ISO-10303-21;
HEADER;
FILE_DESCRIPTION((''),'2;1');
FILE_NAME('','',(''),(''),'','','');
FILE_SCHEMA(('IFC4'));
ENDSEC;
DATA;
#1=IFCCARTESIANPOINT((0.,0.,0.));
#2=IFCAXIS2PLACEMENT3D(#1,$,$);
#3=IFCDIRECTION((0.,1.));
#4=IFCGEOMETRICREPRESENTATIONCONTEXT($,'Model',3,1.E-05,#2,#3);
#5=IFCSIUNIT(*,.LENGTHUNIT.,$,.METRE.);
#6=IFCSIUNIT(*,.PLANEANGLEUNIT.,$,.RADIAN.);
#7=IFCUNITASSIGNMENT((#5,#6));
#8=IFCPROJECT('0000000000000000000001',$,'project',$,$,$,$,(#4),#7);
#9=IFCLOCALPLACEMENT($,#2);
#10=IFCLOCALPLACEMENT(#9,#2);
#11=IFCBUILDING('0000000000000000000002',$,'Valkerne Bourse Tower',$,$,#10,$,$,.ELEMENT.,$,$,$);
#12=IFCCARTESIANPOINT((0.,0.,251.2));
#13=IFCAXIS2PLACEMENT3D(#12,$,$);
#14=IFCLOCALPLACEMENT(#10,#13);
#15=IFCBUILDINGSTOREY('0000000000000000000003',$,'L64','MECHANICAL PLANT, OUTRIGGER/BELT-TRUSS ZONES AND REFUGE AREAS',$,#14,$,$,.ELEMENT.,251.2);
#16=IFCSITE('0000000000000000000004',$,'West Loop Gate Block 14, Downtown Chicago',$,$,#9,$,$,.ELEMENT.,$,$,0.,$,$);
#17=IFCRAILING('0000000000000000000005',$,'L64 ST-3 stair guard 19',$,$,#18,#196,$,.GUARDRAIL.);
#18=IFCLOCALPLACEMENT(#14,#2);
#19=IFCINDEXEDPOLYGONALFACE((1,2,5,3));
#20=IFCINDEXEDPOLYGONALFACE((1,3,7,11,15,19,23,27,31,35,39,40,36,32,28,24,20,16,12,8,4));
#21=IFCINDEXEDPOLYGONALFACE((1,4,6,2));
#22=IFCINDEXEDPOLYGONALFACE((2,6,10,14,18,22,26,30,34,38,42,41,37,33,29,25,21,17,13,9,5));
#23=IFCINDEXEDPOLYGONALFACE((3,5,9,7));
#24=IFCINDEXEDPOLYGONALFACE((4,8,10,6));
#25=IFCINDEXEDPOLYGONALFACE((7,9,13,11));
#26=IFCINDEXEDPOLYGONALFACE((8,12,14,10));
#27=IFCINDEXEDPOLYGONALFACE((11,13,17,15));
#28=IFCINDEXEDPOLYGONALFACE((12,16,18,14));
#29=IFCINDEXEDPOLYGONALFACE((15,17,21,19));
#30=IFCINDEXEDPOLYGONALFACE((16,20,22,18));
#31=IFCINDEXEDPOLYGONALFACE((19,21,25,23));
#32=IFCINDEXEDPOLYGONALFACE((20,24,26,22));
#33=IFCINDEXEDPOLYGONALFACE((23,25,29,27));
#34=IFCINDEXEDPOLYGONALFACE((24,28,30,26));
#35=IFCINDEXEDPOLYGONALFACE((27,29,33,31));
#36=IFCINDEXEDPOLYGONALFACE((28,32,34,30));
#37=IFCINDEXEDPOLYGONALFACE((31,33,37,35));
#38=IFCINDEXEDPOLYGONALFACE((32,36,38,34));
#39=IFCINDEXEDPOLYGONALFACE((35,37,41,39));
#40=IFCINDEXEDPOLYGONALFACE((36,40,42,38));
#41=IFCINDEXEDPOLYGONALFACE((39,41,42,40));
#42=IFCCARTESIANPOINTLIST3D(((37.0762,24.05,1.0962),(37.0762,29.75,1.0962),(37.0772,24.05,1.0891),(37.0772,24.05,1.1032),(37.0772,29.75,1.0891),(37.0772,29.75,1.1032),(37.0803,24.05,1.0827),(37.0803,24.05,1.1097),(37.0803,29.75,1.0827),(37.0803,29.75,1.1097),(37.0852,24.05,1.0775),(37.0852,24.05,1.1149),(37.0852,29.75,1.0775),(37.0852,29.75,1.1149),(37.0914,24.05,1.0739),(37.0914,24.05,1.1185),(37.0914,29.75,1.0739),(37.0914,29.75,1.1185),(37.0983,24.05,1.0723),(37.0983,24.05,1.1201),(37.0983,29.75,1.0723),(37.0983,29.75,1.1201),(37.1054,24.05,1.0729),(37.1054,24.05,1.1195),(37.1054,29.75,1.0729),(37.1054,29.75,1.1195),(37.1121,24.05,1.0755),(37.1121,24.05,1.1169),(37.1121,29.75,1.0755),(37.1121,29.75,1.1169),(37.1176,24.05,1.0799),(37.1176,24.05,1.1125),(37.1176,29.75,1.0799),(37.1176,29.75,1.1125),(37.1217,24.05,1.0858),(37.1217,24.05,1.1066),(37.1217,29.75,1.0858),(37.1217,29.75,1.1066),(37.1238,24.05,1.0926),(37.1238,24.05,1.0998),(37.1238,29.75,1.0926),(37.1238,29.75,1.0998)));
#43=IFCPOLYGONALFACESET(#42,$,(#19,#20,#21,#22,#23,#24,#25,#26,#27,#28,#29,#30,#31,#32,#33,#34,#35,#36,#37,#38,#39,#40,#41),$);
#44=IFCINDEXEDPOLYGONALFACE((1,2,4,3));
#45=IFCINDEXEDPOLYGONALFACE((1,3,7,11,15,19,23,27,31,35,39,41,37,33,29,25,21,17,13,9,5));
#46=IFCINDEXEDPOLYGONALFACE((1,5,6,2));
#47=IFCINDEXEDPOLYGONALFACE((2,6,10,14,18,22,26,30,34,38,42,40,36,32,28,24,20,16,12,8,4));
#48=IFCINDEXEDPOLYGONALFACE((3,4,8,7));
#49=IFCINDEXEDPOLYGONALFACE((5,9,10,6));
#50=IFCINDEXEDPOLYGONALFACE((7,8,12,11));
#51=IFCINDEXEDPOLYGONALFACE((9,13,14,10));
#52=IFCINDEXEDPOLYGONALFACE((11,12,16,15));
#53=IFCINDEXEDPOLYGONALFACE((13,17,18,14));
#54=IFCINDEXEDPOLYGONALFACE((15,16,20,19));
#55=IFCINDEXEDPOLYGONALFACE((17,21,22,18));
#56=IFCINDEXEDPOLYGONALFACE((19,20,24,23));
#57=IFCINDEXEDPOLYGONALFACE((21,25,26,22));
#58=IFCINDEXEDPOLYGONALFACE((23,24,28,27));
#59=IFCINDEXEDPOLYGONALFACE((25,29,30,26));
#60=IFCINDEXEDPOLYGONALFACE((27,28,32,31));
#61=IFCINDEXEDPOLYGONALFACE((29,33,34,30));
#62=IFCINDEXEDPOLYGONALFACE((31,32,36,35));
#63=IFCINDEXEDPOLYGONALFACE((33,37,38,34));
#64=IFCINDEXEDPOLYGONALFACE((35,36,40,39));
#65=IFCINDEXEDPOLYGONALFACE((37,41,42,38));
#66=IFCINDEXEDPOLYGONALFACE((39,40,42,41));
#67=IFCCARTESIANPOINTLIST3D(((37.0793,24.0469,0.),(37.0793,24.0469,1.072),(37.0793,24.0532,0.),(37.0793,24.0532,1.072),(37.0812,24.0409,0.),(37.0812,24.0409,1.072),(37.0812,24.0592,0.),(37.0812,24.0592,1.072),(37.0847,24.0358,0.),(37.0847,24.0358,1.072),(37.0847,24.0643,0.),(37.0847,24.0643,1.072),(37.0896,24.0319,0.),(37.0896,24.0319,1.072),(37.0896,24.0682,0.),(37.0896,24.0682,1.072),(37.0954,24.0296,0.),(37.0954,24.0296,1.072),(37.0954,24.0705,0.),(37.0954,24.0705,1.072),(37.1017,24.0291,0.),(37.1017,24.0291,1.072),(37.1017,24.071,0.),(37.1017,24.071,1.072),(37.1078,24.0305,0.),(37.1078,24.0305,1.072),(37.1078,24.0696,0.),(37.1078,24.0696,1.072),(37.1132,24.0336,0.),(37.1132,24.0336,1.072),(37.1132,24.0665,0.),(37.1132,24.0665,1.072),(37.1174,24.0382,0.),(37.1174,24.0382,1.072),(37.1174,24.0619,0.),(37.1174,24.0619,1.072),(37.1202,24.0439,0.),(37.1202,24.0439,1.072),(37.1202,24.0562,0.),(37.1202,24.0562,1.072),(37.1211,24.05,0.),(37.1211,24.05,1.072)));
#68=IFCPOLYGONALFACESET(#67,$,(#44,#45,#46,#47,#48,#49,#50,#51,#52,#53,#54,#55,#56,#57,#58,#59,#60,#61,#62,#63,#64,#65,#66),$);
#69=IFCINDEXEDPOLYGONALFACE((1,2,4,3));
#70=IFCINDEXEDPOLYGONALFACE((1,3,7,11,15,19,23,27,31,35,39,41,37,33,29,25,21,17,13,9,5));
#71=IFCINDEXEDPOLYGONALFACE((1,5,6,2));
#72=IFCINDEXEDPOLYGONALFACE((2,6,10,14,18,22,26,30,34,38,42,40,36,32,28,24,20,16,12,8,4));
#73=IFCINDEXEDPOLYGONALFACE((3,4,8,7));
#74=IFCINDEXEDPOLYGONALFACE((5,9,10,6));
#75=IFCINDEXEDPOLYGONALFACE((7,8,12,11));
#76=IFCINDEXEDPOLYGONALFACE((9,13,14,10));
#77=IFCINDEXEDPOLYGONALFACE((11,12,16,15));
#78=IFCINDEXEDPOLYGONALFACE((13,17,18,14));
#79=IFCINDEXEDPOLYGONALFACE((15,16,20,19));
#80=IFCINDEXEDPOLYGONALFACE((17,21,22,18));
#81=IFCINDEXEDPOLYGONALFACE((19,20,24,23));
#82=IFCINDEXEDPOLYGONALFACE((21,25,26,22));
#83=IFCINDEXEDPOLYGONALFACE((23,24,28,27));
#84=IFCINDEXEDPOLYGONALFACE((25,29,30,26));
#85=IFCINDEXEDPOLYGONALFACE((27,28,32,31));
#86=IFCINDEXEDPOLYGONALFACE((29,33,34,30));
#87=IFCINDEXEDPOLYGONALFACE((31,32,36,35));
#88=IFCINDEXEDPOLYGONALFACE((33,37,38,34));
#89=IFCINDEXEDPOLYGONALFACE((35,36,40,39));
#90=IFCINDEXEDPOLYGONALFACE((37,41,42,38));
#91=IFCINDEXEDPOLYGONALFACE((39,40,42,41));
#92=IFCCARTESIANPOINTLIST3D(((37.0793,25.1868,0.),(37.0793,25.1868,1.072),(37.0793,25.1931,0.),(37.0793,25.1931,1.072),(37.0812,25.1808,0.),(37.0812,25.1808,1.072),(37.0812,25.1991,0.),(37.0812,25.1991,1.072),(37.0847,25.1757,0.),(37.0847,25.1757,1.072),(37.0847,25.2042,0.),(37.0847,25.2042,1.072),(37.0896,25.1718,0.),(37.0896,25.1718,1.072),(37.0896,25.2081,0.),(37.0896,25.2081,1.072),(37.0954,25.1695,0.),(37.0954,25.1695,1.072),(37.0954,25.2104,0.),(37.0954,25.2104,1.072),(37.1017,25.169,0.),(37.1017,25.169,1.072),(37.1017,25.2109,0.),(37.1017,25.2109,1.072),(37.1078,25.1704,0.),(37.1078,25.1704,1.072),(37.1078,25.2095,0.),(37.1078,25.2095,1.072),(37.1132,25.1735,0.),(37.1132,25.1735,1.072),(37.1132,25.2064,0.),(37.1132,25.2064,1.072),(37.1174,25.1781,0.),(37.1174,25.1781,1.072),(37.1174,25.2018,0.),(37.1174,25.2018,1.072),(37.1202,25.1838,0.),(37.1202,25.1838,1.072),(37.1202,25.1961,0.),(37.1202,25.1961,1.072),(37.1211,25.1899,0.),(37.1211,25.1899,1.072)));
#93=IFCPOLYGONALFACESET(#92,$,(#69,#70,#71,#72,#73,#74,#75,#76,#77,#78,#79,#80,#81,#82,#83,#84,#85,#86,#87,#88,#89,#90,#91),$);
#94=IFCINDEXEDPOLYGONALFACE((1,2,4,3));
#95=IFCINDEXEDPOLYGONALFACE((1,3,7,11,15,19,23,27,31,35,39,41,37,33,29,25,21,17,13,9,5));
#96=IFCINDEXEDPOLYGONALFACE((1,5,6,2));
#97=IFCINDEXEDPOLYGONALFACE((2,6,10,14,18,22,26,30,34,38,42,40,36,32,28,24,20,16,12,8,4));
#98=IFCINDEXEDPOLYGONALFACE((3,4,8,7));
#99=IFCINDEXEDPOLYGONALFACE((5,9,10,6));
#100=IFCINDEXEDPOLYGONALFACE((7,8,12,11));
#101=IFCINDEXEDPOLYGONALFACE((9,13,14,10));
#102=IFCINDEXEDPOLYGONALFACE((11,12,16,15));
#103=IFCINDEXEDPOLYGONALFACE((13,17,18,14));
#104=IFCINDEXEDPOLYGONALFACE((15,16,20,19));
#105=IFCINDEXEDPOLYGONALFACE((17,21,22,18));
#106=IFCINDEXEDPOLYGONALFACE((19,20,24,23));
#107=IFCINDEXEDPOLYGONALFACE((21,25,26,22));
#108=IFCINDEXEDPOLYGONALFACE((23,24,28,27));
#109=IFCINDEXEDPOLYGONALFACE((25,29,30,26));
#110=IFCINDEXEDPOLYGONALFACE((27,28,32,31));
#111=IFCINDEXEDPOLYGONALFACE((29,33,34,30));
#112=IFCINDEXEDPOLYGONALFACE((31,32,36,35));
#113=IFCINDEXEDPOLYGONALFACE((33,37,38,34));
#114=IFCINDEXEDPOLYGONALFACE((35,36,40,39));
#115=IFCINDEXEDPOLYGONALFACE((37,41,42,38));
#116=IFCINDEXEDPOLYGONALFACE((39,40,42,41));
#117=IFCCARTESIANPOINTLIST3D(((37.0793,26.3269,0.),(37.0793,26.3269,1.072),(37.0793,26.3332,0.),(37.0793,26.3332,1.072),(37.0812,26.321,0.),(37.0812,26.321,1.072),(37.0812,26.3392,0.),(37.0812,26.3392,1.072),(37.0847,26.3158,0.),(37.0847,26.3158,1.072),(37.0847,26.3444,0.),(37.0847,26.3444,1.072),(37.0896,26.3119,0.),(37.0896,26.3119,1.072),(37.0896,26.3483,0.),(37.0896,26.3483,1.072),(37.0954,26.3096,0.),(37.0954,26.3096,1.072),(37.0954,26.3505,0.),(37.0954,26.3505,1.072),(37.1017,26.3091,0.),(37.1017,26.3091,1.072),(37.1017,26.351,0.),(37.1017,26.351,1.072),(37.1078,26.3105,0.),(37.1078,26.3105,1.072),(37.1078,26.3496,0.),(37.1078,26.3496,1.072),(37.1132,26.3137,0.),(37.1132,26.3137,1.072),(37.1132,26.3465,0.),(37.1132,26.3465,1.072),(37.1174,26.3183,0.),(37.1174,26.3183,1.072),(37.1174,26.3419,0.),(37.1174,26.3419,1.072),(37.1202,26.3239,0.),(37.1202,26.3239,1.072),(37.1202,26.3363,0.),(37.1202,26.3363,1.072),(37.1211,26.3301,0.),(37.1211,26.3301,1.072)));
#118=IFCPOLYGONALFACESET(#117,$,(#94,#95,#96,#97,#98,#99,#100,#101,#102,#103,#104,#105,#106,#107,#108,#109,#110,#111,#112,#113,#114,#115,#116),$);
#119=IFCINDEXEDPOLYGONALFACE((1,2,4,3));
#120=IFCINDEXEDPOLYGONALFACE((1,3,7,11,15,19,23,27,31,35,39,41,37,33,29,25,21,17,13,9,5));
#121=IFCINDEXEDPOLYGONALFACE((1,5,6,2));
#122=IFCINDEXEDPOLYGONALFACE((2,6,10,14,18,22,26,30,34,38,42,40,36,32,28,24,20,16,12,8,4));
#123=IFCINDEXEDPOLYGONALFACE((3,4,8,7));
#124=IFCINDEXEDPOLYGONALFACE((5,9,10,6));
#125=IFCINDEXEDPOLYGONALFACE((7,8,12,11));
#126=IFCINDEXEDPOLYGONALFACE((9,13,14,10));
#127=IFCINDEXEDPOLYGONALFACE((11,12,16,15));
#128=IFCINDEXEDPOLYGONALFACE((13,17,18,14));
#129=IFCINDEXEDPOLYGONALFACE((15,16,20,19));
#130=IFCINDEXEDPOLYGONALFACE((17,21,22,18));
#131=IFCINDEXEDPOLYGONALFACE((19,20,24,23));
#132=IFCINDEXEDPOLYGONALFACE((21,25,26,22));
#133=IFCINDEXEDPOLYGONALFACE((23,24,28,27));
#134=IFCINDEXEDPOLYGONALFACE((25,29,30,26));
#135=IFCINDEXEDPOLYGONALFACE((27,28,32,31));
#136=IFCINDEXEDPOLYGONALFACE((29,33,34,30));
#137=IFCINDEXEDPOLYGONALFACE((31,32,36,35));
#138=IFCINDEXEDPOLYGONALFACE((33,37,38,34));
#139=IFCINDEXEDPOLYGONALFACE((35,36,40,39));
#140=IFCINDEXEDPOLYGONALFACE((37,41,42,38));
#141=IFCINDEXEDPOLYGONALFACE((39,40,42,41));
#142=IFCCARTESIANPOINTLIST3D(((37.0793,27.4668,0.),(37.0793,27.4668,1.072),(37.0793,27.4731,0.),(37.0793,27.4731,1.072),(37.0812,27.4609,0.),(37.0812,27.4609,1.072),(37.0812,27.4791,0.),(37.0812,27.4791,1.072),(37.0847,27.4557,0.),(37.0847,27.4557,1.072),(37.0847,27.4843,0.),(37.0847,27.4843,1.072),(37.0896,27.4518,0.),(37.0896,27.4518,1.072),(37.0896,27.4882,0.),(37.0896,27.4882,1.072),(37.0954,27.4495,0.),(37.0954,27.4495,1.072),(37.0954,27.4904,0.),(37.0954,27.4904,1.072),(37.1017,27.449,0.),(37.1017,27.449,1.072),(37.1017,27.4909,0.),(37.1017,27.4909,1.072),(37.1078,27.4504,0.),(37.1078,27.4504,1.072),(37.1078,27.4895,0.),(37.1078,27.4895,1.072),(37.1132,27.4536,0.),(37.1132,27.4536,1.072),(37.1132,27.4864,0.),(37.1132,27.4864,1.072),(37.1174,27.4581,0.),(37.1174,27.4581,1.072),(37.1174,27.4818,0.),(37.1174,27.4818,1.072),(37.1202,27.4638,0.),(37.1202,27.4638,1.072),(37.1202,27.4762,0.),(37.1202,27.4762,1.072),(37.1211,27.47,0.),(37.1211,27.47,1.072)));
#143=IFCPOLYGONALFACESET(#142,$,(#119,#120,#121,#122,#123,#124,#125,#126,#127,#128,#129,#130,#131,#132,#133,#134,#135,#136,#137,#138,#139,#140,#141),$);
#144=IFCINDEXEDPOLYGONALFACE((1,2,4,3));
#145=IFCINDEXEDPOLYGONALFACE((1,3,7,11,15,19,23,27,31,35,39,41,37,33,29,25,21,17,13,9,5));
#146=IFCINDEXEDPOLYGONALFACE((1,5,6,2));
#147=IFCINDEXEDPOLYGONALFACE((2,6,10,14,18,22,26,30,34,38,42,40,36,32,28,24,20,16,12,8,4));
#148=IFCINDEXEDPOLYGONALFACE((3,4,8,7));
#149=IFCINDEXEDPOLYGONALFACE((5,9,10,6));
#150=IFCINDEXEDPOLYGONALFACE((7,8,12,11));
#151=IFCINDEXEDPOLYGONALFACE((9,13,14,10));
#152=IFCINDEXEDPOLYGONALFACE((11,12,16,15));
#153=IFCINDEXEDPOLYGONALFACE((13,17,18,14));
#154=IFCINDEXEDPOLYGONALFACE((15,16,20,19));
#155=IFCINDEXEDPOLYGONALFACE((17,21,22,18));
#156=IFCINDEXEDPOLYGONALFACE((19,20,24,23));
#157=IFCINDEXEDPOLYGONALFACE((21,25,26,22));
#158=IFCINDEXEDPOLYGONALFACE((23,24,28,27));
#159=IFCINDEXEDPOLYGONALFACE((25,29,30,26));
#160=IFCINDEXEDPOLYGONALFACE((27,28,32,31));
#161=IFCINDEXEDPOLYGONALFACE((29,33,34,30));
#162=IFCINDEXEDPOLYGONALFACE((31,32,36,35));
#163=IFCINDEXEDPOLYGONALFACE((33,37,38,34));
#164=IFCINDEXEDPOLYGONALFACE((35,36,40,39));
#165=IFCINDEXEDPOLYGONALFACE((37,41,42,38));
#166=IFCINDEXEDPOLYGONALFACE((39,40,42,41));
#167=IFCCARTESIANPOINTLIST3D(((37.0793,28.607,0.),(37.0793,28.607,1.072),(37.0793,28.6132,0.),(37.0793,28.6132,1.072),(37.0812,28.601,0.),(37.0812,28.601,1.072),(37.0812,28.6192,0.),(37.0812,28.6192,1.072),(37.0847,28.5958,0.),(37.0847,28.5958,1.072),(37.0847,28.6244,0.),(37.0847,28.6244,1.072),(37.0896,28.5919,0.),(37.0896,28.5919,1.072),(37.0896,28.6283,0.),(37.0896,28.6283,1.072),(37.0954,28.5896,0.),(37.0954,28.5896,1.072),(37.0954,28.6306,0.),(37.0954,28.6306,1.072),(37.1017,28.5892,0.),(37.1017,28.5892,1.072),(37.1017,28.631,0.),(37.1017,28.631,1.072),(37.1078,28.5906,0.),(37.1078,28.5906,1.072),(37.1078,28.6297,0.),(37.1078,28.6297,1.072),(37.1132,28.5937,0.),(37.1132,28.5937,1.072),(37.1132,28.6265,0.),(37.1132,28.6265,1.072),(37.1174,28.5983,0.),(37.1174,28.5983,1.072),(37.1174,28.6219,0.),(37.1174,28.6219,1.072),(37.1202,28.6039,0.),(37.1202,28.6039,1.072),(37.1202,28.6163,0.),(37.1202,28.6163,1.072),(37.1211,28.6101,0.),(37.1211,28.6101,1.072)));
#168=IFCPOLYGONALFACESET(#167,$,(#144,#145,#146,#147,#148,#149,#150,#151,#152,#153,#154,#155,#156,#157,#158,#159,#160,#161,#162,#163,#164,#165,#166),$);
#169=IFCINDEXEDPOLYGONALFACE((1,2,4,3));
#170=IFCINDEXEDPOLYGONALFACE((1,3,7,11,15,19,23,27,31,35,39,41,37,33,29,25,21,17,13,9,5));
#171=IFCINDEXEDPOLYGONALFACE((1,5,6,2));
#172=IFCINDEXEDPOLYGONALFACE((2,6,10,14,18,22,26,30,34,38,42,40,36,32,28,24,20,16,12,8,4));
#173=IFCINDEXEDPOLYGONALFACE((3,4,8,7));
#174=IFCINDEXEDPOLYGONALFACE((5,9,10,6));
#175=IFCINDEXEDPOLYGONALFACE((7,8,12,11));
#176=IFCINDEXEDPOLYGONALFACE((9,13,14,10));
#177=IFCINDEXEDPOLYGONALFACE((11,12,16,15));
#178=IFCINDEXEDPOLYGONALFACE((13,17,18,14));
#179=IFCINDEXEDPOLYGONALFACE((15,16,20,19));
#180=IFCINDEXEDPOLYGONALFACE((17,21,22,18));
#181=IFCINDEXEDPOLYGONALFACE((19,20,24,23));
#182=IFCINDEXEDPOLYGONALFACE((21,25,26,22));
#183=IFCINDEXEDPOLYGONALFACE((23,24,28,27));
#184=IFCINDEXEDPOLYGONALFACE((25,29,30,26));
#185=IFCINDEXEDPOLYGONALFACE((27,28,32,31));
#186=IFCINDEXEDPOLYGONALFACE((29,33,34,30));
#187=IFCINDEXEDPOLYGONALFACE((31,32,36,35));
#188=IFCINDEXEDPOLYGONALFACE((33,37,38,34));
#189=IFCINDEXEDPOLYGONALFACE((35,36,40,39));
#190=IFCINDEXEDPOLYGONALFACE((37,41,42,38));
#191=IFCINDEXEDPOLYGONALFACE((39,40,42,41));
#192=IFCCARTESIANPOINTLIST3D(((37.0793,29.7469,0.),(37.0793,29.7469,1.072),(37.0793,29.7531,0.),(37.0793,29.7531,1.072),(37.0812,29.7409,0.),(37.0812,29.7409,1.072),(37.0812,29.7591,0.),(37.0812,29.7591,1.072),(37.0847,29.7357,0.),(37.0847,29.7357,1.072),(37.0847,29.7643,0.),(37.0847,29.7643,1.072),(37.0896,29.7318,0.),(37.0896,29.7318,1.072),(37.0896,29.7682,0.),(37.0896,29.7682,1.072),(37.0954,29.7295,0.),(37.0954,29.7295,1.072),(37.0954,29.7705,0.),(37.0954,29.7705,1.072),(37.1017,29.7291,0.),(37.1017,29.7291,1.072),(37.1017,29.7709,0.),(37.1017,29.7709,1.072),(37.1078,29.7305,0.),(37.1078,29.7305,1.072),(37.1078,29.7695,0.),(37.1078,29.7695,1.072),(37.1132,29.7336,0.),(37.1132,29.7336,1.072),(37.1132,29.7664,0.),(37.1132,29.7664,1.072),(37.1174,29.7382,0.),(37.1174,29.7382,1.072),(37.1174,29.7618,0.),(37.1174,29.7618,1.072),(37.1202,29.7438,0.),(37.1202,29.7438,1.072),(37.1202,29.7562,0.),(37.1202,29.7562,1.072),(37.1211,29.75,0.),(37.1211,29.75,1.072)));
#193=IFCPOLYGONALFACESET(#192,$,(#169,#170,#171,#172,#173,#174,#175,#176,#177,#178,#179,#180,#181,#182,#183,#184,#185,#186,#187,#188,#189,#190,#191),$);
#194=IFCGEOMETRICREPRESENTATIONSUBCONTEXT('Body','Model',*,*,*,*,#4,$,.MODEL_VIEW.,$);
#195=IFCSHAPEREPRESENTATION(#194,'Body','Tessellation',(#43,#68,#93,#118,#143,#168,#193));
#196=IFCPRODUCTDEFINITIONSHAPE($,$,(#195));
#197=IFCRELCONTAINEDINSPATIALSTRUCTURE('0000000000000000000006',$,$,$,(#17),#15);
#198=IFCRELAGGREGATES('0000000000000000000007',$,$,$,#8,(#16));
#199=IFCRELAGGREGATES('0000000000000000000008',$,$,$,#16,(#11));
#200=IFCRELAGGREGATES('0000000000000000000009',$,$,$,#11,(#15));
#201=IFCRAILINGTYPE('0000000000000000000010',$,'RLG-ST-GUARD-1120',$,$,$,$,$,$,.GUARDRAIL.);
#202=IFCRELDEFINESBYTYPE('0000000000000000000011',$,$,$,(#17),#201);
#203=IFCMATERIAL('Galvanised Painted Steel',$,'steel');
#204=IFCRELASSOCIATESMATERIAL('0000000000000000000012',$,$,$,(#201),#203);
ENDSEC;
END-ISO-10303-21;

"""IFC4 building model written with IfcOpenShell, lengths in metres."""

from ifc_helpers import new_model, si_unit, direction, frame, origin, origin_2d, place, context, subcontext, project, spatial, circle, extrude, material, type_object, element, save


model = new_model("IFC4")

# Units and contexts
model_context = context("Model", 3, precision=1e-05, world=origin(), true_north=direction((0.0, 1.0)))
body_context = subcontext(model_context, "Body", "Model", "MODEL_VIEW")
ifc_project = project(units=[si_unit("LENGTHUNIT", "METRE"), si_unit("PLANEANGLEUNIT", "RADIAN")], contexts=[model_context])

# Site, building, storey
site_placement = place(None, origin())
site = spatial("IfcSite", under=ifc_project, at=site_placement, Name="West Loop Gate Block 14, Downtown Chicago", CompositionType="ELEMENT", RefElevation=0.0)
building_placement = place(site_placement, origin())
building = spatial("IfcBuilding", under=site, at=building_placement, Name="Valkerne Bourse Tower", CompositionType="ELEMENT")
storey_placement = place(building_placement, frame((0.0, 0.0, 251.2)))
storey = spatial("IfcBuildingStorey", under=building, at=storey_placement, Name="L64", Description="MECHANICAL PLANT, OUTRIGGER/BELT-TRUSS ZONES AND REFUGE AREAS", CompositionType="ELEMENT", Elevation=251.2)

# Shared definitions
ifc_material_1 = material(Name="Galvanised Painted Steel", Category="steel")

# Railing
railing_type_1 = type_object("IfcRailingType", Name="RLG-ST-GUARD-1120", PredefinedType="GUARDRAIL", material=ifc_material_1)
railing_1_placement = place(storey_placement, frame((37.1001, 24.05, 0.0)))
element("IfcRailing", 1, at=railing_1_placement, inside=storey, type_object=railing_type_1, Name="L64 ST-3 stair guard 19", PredefinedType="GUARDRAIL", context=body_context, shape_type="SweptSolid", body=[
    extrude(circle(Radius=0.0239, at=origin_2d()), frame((0.0, 0.0, 1.0962), z_axis=(0.0, 1.0, 0.0), x_axis=(-1.0, 0.0, 0.0)), (0.0, 0.0, 1.0), 5.7),
    extrude(circle(Radius=0.021, at=origin_2d()), origin(), (0.0, 0.0, 1.0), 1.072),
    extrude(circle(Radius=0.021, at=origin_2d()), frame((0.0, 1.1399, 0.0)), (0.0, 0.0, 1.0), 1.072),
    extrude(circle(Radius=0.021, at=origin_2d()), frame((0.0, 2.28, 0.0)), (0.0, 0.0, 1.0), 1.072),
    extrude(circle(Radius=0.021, at=origin_2d()), frame((0.0, 3.4199, 0.0)), (0.0, 0.0, 1.0), 1.072),
    extrude(circle(Radius=0.021, at=origin_2d()), frame((0.0, 4.5601, 0.0)), (0.0, 0.0, 1.0), 1.072),
    extrude(circle(Radius=0.021, at=origin_2d()), frame((0.0, 5.7, 0.0)), (0.0, 0.0, 1.0), 1.072),
])

save(model, "model.ifc")
